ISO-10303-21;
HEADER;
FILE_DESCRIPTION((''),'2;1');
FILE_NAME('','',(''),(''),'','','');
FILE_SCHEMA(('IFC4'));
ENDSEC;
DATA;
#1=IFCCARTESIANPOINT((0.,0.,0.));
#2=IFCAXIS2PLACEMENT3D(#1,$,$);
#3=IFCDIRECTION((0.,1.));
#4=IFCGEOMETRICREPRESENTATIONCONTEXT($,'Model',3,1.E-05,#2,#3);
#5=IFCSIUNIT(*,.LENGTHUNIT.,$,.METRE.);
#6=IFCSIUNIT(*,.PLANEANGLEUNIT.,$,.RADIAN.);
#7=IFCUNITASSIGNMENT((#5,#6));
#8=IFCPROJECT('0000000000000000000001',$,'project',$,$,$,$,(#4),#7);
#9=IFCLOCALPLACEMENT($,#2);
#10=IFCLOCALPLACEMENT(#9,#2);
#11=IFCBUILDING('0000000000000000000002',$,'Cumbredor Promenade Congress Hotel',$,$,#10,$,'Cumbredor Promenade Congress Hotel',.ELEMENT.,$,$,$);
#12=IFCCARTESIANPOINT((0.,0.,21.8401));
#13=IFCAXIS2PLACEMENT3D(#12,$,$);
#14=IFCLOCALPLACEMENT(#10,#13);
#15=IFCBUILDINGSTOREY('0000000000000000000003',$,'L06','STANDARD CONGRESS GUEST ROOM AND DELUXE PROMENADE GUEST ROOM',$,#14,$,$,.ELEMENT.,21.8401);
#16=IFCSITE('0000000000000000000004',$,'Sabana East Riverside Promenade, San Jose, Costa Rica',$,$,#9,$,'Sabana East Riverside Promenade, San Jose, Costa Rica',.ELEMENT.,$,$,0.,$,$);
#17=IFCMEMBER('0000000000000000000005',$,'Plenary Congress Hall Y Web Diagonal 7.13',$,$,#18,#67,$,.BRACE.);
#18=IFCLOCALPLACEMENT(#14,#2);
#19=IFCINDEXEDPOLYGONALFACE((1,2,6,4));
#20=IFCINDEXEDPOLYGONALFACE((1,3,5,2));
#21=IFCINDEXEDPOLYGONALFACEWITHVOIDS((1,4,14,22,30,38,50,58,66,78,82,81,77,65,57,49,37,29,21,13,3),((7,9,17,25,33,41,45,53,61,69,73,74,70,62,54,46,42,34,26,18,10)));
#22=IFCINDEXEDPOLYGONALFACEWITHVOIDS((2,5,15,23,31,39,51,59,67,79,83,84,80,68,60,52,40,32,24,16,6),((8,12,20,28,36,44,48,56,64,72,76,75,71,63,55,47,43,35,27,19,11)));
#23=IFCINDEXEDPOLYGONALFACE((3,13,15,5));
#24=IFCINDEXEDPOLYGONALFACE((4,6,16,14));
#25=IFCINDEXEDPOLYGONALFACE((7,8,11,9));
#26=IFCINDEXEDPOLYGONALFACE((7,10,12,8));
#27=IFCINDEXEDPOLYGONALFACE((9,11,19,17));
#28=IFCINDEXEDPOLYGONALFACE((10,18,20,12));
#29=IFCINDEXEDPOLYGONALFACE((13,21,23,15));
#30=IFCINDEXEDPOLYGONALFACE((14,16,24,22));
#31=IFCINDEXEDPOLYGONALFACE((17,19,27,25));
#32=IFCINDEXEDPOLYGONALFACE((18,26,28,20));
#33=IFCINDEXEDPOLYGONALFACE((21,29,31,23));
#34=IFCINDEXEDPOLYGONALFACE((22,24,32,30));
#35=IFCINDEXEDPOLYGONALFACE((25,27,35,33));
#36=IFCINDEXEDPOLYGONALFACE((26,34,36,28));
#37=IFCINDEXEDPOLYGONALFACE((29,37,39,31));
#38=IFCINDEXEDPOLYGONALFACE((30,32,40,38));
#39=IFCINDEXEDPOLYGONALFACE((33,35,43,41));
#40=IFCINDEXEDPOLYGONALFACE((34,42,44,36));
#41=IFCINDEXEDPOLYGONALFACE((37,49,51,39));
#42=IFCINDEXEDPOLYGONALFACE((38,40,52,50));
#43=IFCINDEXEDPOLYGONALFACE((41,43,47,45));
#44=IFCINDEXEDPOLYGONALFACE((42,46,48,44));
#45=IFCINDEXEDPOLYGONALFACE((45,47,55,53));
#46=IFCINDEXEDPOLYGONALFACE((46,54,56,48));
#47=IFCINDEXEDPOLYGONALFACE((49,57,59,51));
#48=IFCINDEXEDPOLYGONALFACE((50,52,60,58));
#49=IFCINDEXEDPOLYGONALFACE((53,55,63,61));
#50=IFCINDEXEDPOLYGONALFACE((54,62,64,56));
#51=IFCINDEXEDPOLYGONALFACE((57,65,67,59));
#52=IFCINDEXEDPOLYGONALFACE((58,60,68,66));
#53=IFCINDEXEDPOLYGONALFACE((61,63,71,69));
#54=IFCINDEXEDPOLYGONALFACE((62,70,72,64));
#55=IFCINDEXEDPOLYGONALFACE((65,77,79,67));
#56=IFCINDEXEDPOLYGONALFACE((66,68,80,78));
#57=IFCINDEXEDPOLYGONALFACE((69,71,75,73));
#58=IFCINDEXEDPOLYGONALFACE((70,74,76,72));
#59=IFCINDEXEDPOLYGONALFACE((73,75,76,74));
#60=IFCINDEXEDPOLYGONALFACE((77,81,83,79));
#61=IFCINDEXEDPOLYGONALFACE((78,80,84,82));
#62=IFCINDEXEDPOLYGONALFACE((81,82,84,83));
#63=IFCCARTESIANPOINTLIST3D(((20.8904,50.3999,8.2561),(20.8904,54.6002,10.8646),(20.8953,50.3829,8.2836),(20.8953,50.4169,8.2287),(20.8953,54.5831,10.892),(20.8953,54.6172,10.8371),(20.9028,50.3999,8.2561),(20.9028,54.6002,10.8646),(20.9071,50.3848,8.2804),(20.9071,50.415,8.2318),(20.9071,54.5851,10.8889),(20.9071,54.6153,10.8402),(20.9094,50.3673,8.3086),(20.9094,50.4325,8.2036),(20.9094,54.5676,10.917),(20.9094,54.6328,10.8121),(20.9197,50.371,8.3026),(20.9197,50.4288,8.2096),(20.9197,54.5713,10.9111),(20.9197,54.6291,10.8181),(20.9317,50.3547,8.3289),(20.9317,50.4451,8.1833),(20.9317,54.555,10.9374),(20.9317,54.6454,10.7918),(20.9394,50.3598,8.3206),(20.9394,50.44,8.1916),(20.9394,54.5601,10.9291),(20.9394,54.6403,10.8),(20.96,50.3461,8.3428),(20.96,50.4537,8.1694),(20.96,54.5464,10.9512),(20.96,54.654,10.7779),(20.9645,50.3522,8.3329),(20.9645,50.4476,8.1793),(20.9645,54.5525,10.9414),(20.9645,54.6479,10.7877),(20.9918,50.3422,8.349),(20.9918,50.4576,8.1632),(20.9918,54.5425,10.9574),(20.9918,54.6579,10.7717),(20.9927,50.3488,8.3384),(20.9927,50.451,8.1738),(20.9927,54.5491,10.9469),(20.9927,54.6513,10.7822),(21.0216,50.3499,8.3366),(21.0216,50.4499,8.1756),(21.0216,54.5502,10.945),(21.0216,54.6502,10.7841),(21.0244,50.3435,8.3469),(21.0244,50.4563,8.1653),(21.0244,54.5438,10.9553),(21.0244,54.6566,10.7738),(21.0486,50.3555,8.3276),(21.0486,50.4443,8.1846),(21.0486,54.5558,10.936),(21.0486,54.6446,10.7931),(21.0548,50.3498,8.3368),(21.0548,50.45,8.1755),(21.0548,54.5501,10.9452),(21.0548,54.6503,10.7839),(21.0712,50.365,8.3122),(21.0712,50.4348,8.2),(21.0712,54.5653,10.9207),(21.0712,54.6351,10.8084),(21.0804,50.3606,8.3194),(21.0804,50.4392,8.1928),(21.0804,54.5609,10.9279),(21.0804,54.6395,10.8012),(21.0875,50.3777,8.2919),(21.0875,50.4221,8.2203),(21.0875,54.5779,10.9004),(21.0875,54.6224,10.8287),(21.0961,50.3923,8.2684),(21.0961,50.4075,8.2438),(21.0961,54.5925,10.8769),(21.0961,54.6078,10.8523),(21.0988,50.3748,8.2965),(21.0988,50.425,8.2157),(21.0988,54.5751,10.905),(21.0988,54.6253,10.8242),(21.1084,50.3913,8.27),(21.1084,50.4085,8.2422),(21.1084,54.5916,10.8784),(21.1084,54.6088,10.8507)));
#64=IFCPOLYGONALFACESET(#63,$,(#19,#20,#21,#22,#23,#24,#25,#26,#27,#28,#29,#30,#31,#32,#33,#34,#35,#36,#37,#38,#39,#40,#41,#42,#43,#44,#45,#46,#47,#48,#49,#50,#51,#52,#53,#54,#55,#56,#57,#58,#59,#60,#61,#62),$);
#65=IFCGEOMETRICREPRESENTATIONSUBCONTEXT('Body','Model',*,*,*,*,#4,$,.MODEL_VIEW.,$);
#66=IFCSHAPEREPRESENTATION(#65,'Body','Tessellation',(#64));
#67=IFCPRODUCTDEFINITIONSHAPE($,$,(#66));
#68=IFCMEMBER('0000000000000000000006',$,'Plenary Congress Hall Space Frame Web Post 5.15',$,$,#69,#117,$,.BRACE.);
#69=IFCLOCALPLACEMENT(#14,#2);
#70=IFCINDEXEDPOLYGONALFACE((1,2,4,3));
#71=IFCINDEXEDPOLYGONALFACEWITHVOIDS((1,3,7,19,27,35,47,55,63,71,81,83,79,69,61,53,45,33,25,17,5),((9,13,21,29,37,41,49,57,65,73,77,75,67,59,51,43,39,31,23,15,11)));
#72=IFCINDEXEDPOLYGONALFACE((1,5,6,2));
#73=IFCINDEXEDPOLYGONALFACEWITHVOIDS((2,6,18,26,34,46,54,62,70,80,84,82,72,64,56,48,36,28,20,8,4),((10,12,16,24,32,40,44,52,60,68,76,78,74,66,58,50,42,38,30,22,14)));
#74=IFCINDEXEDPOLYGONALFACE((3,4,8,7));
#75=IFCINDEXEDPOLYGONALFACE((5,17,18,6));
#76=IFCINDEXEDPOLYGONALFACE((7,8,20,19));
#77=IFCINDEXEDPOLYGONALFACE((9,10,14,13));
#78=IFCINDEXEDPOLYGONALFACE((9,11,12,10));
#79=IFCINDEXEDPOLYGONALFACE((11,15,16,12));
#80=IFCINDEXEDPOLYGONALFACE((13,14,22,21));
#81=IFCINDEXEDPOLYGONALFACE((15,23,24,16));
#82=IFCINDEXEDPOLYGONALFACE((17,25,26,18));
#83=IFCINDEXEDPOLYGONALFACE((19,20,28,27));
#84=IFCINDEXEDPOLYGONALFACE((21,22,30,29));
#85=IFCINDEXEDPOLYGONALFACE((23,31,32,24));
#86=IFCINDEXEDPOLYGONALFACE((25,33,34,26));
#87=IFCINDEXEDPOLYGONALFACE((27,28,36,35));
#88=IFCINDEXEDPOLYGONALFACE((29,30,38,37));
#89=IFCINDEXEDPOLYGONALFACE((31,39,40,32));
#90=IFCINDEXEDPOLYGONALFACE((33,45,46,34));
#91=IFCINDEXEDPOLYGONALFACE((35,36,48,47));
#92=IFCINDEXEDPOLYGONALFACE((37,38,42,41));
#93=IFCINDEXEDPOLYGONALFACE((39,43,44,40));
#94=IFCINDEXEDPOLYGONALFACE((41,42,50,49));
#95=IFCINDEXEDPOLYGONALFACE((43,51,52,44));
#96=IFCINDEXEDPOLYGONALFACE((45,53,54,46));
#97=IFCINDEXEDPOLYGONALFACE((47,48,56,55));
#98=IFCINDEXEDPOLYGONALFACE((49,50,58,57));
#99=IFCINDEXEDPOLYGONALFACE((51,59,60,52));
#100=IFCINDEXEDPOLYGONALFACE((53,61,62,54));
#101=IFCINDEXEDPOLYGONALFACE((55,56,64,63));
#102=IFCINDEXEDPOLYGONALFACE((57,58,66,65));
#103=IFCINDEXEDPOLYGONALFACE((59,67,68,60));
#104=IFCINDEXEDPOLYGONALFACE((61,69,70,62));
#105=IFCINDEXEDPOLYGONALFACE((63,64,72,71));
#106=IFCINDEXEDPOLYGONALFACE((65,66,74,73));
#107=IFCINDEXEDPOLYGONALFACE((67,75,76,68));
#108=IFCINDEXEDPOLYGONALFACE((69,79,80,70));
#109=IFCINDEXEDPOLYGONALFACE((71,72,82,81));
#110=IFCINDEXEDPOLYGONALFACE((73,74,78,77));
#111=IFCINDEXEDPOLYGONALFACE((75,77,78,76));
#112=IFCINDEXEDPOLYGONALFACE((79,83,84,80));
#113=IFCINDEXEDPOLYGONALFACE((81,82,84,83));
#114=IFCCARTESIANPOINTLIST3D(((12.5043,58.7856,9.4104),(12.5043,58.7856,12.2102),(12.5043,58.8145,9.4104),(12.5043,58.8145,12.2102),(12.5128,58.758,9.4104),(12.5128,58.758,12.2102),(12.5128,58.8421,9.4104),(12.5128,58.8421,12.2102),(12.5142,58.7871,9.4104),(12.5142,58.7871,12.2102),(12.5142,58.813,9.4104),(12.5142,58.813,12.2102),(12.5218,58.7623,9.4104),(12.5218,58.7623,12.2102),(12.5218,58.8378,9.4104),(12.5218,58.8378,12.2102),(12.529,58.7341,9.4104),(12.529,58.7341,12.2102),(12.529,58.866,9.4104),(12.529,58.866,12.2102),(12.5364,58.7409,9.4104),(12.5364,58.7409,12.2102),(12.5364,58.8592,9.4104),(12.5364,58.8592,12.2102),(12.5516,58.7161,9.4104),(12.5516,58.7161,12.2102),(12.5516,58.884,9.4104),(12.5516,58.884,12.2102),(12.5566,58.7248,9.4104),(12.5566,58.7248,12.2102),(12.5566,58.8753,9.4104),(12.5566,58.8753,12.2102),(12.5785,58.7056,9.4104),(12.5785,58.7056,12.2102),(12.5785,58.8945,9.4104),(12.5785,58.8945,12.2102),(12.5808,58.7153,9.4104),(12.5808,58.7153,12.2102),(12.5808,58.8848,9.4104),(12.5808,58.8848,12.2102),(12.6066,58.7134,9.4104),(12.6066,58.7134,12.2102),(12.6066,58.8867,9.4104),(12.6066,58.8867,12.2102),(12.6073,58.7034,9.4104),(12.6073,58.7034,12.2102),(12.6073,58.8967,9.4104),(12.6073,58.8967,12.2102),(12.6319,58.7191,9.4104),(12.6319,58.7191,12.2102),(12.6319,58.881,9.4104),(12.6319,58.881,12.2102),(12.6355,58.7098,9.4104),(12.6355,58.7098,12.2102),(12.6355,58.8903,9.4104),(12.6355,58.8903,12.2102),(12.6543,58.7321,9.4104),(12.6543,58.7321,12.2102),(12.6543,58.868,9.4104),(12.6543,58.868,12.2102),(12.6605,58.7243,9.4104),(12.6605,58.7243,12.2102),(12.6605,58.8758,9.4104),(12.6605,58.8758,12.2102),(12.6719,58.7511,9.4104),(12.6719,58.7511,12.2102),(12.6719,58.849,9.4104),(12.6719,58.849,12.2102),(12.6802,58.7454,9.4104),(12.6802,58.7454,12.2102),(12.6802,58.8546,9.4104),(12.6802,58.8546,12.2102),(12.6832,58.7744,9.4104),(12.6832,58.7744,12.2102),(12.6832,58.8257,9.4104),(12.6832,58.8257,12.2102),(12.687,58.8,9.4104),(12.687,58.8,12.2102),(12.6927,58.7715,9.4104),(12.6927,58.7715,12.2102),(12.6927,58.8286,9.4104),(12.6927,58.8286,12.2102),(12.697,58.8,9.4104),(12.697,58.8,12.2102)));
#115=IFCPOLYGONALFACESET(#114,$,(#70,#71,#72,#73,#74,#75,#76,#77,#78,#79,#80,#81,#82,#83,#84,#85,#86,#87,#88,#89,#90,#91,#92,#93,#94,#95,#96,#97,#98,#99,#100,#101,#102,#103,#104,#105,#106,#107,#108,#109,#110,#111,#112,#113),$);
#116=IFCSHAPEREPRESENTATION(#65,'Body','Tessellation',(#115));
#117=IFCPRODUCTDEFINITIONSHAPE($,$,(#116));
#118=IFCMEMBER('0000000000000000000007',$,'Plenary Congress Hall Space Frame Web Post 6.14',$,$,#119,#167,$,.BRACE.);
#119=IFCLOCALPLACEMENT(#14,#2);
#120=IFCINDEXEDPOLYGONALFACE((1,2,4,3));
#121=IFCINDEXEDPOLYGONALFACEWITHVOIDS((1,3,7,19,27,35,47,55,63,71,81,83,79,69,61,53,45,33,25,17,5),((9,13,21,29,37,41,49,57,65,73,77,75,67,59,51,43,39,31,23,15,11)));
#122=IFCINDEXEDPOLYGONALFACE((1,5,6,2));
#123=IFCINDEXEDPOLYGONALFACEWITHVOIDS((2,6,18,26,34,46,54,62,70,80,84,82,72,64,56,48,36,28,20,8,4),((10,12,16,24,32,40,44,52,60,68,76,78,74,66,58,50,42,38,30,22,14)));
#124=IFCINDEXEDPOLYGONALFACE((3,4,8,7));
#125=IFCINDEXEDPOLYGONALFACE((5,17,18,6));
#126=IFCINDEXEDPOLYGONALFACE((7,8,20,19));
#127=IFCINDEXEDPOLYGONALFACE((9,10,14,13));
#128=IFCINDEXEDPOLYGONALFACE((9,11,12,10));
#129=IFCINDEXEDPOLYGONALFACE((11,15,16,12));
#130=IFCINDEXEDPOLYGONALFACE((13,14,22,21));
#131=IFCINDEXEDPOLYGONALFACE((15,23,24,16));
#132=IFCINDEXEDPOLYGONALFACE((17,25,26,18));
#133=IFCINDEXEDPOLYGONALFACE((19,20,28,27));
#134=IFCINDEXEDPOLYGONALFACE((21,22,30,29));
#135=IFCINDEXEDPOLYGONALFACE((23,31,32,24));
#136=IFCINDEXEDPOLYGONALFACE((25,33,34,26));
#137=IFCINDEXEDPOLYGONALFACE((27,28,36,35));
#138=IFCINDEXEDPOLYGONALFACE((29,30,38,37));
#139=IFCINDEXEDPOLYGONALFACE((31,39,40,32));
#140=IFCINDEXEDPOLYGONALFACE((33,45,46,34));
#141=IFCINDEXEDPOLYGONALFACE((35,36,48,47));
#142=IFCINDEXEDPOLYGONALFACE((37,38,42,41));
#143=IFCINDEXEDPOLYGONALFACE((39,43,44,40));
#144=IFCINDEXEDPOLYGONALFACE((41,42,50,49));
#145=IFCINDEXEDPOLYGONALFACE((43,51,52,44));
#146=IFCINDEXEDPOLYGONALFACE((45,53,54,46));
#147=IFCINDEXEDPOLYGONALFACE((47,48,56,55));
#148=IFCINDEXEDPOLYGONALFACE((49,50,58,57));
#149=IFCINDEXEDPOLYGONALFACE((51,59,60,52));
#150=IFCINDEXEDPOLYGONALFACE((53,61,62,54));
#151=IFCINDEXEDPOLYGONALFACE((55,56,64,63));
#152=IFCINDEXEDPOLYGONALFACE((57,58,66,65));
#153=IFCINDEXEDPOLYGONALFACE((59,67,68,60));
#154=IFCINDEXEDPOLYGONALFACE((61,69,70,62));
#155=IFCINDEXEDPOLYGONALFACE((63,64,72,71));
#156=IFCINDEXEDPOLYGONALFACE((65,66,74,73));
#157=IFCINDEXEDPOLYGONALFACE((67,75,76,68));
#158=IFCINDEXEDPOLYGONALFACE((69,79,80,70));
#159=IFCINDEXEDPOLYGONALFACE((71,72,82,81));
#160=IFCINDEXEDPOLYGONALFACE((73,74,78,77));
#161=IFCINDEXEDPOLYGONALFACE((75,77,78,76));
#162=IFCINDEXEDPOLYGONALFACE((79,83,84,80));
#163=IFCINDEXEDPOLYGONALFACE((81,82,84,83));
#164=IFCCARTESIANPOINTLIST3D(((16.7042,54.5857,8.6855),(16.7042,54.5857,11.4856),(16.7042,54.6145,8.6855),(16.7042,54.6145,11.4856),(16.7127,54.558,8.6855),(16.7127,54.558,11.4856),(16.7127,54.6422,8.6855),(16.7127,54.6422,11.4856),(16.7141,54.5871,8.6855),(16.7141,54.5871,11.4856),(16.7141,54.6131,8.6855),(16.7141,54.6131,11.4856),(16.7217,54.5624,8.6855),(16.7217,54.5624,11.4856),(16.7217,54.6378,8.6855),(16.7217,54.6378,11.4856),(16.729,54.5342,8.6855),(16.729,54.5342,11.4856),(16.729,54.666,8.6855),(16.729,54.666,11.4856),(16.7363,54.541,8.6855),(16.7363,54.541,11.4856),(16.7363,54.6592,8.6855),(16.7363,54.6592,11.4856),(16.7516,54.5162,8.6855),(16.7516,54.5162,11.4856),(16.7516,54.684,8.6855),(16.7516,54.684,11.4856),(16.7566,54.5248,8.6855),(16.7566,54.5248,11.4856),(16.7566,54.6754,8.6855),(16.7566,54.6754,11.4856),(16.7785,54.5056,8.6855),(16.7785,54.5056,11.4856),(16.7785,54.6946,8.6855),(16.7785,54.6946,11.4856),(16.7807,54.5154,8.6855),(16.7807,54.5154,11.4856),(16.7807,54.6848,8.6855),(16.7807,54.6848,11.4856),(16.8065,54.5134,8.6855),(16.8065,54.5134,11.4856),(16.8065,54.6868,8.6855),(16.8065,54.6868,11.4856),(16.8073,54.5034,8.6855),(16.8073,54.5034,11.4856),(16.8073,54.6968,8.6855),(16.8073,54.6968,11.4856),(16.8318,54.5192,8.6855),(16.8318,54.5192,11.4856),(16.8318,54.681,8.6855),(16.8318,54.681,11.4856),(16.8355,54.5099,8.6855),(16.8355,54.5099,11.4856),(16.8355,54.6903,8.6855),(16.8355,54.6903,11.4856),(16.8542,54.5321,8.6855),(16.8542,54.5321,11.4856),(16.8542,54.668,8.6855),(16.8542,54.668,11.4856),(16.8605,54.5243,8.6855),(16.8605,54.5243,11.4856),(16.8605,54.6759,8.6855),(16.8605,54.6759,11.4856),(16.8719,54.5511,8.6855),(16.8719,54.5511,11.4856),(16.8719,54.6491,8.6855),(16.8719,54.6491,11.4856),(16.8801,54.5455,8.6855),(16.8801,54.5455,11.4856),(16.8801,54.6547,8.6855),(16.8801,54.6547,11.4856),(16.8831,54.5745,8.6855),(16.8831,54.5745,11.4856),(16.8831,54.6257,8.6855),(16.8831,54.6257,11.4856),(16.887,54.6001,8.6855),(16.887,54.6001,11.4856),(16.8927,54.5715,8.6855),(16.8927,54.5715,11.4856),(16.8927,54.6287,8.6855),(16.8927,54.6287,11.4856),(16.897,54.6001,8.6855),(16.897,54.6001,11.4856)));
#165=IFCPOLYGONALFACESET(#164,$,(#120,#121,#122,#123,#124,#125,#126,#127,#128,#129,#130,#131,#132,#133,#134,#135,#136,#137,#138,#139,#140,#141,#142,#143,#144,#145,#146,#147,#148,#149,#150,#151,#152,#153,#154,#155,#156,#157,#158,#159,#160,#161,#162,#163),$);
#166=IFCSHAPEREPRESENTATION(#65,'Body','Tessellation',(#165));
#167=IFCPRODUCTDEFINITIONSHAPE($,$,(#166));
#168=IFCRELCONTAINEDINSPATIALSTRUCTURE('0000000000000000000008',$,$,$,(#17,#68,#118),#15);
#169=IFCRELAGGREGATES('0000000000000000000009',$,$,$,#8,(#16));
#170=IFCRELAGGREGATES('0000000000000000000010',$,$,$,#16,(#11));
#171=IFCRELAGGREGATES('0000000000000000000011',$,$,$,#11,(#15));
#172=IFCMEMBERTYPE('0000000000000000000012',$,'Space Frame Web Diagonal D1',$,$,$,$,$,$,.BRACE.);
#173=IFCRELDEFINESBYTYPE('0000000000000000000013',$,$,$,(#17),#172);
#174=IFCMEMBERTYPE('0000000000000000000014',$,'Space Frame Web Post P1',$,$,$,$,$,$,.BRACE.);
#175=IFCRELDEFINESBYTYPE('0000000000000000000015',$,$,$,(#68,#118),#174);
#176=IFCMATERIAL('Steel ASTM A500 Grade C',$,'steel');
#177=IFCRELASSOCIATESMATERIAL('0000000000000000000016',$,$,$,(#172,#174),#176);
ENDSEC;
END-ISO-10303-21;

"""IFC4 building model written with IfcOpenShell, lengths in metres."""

from ifc_helpers import new_model, si_unit, direction, frame, origin, origin_2d, place, context, subcontext, project, spatial, hollow_circle, extrude, material, material_profile, profile_set, type_object, element, save


model = new_model("IFC4")

# Units and contexts
model_context = context("Model", 3, precision=1e-05, world=origin(), true_north=direction((0.0, 1.0)))
body_context = subcontext(model_context, "Body", "Model", "MODEL_VIEW")
ifc_project = project(units=[si_unit("LENGTHUNIT", "METRE"), si_unit("PLANEANGLEUNIT", "RADIAN")], contexts=[model_context])

# Site, building, storey
site_placement = place(None, origin())
site = spatial("IfcSite", under=ifc_project, at=site_placement, Name="Sabana East Riverside Promenade, San Jose, Costa Rica", LongName="Sabana East Riverside Promenade, San Jose, Costa Rica", CompositionType="ELEMENT", RefElevation=0.0)
building_placement = place(site_placement, origin())
building = spatial("IfcBuilding", under=site, at=building_placement, Name="Cumbredor Promenade Congress Hotel", LongName="Cumbredor Promenade Congress Hotel", CompositionType="ELEMENT")
storey_placement = place(building_placement, frame((0.0, 0.0, 21.8401)))
storey = spatial("IfcBuildingStorey", under=building, at=storey_placement, Name="L06", Description="STANDARD CONGRESS GUEST ROOM AND DELUXE PROMENADE GUEST ROOM", CompositionType="ELEMENT", Elevation=21.8401)

# Members
ifc_material_1 = material(Name="Steel ASTM A500 Grade C", Category="steel")
ifc_material_profile_1 = material_profile(ifc_material_1, hollow_circle(Radius=0.1096, WallThickness=0.0125, at=origin_2d()), Name="CHS 219.1x12.5")
ifc_profile_set_1 = profile_set([ifc_material_profile_1], Name="Steel ASTM A500 Grade C")
member_type_1 = type_object("IfcMemberType", Name="Space Frame Web Diagonal D1", PredefinedType="BRACE", material=ifc_profile_set_1)
member_1_placement = place(storey_placement, frame((21.0, 50.3999, 8.2561), z_axis=(0.0, 0.849515, 0.527564), x_axis=(-1.0, 0.0, 0.0)))
element("IfcMember", 1, at=member_1_placement, inside=storey, type_object=member_type_1, Name="Plenary Congress Hall Y Web Diagonal 7.13", PredefinedType="BRACE", context=body_context, shape_type="SweptSolid", body=[
    extrude(hollow_circle(Radius=0.1096, WallThickness=0.0125, at=origin_2d()), origin(), (0.0, 0.0, 1.0), 4.9443),
])
ifc_material_profile_2 = material_profile(ifc_material_1, hollow_circle(Radius=0.0969, WallThickness=0.01, at=origin_2d()), Name="CHS 193.7x10")
ifc_profile_set_2 = profile_set([ifc_material_profile_2], Name="Steel ASTM A500 Grade C")
member_type_2 = type_object("IfcMemberType", Name="Space Frame Web Post P1", PredefinedType="BRACE", material=ifc_profile_set_2)
member_2_placement = place(storey_placement, frame((12.6001, 58.8, 9.4104), z_axis=(0.0, 0.0, 1.0), x_axis=(1.0, 0.0, 0.0)))
element("IfcMember", 2, at=member_2_placement, inside=storey, type_object=member_type_2, Name="Plenary Congress Hall Space Frame Web Post 5.15", PredefinedType="BRACE", context=body_context, shape_type="SweptSolid", body=[
    extrude(hollow_circle(Radius=0.0969, WallThickness=0.01, at=origin_2d()), origin(), (0.0, 0.0, 1.0), 2.7998),
])
for number, where, z_axis, x_axis, name in (
    (3, (16.8, 54.6001, 8.6855), (0.0, 0.0, 1.0), (1.0, 0.0, 0.0), "Plenary Congress Hall Space Frame Web Post 6.14"),
):
    element("IfcMember", number, at=place(storey_placement, frame(where, z_axis=z_axis, x_axis=x_axis)), inside=storey, type_object=member_type_2, Name=name, PredefinedType="BRACE", context=body_context, shape_type="SweptSolid", body=[
        extrude(hollow_circle(Radius=0.0969, WallThickness=0.01, at=origin_2d()), origin(), (0.0, 0.0, 1.0), 2.8),
    ])

save(model, "model.ifc")
